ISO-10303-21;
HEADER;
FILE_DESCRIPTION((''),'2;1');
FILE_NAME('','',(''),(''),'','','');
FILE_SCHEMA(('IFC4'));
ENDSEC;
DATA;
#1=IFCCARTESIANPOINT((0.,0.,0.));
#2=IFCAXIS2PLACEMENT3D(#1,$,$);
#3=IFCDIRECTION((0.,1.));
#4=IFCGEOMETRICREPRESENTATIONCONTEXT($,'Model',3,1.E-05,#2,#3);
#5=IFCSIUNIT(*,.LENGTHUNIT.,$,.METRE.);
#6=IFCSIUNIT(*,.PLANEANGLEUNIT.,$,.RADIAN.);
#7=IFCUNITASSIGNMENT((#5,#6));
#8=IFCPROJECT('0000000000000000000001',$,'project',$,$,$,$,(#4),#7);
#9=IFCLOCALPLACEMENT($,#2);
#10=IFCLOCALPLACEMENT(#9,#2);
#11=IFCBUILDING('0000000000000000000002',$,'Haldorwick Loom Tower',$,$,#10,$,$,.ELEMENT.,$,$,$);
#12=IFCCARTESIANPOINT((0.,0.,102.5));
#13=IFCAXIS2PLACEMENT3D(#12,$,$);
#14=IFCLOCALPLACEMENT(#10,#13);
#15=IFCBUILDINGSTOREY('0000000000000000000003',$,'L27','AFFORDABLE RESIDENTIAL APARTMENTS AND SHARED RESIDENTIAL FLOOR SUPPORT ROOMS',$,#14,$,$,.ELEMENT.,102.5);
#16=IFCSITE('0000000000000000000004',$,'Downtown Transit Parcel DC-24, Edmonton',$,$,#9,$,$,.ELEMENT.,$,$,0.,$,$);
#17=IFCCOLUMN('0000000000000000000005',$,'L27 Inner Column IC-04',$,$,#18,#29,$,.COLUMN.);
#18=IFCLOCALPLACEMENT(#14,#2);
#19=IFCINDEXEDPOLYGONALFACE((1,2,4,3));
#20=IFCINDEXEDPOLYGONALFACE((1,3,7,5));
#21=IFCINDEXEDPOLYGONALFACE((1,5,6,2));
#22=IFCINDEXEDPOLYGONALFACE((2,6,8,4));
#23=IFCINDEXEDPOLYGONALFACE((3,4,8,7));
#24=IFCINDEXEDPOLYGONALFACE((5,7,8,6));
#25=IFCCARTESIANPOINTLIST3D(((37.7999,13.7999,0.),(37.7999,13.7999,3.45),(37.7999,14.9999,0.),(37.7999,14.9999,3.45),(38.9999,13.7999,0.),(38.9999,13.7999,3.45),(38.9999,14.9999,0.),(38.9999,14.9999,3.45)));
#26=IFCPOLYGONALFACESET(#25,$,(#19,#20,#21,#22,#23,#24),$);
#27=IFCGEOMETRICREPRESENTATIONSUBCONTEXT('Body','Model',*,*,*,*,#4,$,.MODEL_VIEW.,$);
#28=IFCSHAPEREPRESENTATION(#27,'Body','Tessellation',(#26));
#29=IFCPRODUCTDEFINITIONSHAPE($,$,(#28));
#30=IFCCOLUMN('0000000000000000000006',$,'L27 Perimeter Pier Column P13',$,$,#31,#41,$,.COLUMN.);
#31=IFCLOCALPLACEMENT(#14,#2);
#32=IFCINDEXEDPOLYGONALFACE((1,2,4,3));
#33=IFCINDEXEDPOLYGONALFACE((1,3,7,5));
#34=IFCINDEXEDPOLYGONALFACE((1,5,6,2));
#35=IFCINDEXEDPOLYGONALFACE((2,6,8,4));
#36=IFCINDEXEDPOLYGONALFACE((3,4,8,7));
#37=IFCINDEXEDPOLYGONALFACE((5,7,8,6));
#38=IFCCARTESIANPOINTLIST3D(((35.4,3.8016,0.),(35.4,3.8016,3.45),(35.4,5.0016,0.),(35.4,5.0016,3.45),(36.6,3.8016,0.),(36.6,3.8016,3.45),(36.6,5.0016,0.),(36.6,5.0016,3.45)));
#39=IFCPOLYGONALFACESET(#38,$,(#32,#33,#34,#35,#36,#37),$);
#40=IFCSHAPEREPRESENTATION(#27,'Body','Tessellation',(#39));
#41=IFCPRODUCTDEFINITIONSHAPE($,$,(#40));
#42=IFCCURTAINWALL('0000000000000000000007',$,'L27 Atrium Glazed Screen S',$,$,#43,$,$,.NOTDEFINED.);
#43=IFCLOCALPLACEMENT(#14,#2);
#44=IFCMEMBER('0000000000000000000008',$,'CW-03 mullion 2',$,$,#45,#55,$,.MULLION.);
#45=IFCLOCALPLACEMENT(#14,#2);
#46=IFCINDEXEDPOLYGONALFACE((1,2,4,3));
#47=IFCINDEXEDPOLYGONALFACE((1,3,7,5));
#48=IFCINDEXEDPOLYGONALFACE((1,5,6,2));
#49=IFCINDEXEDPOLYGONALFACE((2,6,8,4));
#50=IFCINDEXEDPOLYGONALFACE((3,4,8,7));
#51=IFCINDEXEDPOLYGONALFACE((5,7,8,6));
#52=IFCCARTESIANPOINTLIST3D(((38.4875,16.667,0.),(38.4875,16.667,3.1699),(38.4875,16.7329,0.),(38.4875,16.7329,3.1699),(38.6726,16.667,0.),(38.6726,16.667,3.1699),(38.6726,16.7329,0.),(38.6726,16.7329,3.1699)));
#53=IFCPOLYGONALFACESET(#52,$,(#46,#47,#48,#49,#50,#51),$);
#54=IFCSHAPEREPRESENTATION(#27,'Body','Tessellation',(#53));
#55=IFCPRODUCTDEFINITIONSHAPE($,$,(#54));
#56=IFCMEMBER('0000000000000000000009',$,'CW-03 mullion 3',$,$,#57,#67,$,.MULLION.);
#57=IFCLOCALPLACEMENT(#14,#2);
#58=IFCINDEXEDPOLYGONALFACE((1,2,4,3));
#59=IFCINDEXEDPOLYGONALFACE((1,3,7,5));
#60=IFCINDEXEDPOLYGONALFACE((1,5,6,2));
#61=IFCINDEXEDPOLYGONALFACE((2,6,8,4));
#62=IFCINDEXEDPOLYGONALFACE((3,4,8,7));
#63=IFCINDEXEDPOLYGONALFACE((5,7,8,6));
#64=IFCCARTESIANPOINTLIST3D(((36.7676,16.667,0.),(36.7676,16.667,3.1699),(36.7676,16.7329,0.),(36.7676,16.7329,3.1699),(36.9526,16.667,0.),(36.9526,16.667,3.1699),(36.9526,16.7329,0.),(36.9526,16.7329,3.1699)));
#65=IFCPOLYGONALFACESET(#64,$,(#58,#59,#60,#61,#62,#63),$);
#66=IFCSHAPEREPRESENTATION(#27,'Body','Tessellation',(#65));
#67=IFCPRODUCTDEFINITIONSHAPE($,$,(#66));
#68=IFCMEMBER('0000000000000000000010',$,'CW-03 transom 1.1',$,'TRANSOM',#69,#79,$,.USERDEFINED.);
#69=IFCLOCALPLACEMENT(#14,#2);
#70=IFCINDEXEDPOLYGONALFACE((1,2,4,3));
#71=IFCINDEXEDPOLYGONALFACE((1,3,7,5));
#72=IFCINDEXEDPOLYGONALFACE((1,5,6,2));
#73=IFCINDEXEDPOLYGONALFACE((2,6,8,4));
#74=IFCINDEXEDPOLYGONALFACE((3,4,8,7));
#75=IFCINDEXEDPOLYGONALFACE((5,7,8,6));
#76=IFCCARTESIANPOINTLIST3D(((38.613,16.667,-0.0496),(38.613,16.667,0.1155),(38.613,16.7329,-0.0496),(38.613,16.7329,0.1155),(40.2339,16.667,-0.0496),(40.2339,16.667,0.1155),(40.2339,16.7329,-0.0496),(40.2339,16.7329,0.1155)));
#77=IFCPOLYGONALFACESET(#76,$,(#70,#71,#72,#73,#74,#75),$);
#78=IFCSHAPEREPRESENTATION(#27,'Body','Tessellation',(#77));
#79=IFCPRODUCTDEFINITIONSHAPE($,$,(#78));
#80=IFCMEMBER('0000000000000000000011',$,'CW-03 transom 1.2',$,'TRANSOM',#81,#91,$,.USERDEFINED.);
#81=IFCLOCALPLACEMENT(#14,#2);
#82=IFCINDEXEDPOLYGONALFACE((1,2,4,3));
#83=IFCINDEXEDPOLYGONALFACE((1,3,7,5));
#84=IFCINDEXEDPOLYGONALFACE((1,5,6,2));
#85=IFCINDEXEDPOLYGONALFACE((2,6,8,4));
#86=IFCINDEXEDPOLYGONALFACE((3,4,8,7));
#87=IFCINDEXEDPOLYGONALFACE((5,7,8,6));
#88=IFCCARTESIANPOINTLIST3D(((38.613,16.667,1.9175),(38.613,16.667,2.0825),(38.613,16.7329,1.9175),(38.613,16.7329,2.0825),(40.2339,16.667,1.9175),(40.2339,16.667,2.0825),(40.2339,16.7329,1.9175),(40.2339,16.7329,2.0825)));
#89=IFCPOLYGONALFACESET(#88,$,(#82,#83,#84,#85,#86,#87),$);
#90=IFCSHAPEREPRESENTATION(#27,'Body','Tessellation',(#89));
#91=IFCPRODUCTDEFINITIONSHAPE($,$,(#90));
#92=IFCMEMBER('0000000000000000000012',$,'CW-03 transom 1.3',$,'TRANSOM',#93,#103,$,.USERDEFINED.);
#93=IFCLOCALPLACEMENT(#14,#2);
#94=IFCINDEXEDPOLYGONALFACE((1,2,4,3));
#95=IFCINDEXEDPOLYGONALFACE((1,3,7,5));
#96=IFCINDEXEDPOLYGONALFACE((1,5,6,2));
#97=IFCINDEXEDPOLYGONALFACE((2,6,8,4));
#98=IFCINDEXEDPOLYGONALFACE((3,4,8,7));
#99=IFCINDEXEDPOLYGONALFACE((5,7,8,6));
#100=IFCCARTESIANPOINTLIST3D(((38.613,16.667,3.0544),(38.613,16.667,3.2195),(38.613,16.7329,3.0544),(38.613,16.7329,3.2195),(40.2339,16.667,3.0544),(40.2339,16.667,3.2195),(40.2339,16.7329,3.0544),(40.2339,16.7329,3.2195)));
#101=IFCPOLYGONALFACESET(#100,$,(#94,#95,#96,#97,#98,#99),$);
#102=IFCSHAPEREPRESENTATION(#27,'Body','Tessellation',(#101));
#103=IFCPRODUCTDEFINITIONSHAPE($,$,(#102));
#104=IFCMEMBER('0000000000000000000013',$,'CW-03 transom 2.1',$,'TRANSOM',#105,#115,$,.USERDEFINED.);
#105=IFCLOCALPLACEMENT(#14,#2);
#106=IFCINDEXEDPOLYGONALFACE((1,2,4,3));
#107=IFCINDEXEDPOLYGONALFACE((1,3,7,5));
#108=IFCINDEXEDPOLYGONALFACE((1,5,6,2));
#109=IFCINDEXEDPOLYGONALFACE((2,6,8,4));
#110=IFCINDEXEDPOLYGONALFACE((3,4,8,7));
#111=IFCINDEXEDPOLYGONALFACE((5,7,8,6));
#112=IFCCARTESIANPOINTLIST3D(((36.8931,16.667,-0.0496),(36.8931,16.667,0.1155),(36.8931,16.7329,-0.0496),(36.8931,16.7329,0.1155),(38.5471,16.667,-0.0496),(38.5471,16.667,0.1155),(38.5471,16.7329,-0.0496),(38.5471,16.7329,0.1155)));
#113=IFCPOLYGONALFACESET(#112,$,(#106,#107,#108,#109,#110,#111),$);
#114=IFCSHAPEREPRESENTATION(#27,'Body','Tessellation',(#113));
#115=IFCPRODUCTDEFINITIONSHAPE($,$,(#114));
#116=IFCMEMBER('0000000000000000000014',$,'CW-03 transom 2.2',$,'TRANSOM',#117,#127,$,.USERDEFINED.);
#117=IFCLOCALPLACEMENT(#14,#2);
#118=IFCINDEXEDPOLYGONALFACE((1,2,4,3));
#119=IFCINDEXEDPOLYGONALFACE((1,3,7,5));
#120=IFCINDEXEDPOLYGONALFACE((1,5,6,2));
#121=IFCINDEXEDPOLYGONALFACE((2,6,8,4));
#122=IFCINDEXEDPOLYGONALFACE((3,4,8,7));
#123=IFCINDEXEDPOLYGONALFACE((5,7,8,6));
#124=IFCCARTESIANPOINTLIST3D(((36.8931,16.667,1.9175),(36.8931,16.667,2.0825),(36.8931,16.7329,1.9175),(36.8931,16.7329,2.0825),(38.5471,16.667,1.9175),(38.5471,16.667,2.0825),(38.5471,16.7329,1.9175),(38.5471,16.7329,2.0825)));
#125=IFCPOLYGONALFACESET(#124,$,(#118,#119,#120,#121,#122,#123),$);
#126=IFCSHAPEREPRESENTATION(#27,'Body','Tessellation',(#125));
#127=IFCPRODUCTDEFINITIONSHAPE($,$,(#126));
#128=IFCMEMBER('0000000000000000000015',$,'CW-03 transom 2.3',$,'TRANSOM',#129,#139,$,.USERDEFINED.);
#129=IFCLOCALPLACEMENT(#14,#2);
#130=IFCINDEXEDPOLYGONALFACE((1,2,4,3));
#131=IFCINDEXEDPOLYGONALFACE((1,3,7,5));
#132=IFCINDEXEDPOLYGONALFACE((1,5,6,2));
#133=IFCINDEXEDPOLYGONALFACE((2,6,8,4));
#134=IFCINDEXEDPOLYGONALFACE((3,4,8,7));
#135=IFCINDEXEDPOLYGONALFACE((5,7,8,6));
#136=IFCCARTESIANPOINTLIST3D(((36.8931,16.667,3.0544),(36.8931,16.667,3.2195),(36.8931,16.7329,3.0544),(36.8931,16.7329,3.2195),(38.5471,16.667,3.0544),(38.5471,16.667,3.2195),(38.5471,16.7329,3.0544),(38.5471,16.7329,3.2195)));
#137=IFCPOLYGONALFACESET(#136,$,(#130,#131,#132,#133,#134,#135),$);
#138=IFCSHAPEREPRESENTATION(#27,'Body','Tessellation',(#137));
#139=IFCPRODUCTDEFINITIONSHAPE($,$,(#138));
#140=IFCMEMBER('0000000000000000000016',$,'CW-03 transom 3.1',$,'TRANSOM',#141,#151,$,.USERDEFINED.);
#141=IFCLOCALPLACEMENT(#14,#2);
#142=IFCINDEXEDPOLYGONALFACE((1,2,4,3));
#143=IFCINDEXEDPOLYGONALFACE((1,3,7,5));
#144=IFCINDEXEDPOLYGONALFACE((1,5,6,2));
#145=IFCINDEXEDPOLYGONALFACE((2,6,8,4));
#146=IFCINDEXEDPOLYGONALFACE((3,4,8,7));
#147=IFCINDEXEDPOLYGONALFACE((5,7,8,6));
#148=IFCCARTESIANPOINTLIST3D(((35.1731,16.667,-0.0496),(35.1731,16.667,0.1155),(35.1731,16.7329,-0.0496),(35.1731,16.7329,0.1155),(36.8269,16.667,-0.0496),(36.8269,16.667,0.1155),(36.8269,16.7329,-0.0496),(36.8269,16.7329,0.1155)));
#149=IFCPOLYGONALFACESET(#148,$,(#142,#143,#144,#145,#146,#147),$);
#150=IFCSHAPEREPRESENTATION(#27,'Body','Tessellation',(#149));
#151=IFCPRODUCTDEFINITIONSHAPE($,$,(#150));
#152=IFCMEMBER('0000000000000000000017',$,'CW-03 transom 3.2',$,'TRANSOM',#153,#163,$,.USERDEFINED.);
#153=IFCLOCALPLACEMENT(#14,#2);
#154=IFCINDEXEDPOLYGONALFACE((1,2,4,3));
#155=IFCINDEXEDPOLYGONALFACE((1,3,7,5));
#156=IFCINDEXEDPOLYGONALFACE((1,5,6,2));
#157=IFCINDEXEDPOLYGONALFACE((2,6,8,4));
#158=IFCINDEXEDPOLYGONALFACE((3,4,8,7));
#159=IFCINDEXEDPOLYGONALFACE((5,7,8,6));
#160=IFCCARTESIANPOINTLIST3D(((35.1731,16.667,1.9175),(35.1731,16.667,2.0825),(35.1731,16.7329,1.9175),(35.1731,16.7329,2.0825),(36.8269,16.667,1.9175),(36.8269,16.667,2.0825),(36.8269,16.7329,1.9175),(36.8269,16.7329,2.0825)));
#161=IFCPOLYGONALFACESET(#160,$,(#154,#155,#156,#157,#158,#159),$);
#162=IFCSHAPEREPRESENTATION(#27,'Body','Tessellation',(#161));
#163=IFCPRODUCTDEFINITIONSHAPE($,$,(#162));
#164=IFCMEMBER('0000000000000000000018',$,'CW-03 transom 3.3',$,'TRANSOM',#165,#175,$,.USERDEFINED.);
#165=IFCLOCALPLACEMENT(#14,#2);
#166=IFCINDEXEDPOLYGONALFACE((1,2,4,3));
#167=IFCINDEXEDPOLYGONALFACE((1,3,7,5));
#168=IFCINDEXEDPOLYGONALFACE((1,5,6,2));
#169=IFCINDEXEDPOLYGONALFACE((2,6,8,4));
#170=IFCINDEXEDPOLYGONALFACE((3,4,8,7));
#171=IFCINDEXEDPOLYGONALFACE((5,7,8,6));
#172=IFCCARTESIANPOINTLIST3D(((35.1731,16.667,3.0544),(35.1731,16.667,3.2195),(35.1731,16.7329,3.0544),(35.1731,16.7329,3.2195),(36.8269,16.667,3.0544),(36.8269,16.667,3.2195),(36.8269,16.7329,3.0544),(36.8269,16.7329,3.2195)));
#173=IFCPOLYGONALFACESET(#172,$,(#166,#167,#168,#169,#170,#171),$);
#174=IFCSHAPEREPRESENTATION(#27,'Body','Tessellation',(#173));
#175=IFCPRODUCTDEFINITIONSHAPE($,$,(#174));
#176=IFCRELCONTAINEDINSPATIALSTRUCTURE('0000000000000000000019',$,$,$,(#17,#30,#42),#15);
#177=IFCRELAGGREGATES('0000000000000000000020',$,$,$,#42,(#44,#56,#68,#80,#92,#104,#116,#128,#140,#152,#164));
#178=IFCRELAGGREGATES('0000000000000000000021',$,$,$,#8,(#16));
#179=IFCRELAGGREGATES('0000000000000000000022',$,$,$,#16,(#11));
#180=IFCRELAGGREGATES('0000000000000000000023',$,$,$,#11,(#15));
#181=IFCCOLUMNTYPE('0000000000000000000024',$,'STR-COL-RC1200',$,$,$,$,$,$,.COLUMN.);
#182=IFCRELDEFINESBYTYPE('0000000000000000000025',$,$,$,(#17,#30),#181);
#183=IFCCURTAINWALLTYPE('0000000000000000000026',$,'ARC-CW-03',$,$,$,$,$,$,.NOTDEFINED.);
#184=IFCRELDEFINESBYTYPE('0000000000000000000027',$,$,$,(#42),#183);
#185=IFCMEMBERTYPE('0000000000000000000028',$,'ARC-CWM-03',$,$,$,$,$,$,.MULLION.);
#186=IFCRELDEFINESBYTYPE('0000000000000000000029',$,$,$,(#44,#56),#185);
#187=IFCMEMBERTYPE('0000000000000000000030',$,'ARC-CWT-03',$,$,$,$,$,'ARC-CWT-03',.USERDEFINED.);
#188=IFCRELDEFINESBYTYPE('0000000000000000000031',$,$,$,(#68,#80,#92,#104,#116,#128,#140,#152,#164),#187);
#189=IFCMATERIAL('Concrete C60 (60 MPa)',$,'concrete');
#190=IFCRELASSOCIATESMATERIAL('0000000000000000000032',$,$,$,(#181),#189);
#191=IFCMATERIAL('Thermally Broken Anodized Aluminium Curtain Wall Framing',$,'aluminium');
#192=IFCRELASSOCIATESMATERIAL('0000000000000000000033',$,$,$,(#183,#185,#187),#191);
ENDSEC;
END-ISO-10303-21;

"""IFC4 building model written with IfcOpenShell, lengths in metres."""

from ifc_helpers import new_model, si_unit, direction, frame, origin, origin_2d, place, context, subcontext, project, spatial, rectangle, extrude, material, material_profile, profile_set, type_object, element, aggregate, save


model = new_model("IFC4")

# Units and contexts
model_context = context("Model", 3, precision=1e-05, world=origin(), true_north=direction((0.0, 1.0)))
body_context = subcontext(model_context, "Body", "Model", "MODEL_VIEW")
ifc_project = project(units=[si_unit("LENGTHUNIT", "METRE"), si_unit("PLANEANGLEUNIT", "RADIAN")], contexts=[model_context])

# Site, building, storey
site_placement = place(None, origin())
site = spatial("IfcSite", under=ifc_project, at=site_placement, Name="Downtown Transit Parcel DC-24, Edmonton", CompositionType="ELEMENT", RefElevation=0.0)
building_placement = place(site_placement, origin())
building = spatial("IfcBuilding", under=site, at=building_placement, Name="Haldorwick Loom Tower", CompositionType="ELEMENT")
storey_placement = place(building_placement, frame((0.0, 0.0, 102.5)))
storey = spatial("IfcBuildingStorey", under=building, at=storey_placement, Name="L27", Description="AFFORDABLE RESIDENTIAL APARTMENTS AND SHARED RESIDENTIAL FLOOR SUPPORT ROOMS", CompositionType="ELEMENT", Elevation=102.5)

# Columns
ifc_material_1 = material(Name="Concrete C60 (60 MPa)", Category="concrete")
ifc_material_profile_1 = material_profile(ifc_material_1, rectangle(XDim=1.2, YDim=1.2, at=origin_2d()), Name="RC1200X1200", Category="concrete")
ifc_profile_set_1 = profile_set([ifc_material_profile_1], Name="Concrete C60 (60 MPa)")
column_type = type_object("IfcColumnType", Name="STR-COL-RC1200", PredefinedType="COLUMN", material=ifc_profile_set_1)
for number, where, z_axis, x_axis, name in (
    (1, (38.3999, 14.3999, 0.0), (0.0, 0.0, 1.0), (1.0, 0.0, 0.0), "L27 Inner Column IC-04"),
    (2, (36.0, 4.4016, 0.0), (0.0, 0.0, 1.0), (0.0, -1.0, 0.0), "L27 Perimeter Pier Column P13"),
):
    element("IfcColumn", number, at=place(storey_placement, frame(where, z_axis=z_axis, x_axis=x_axis)), inside=storey, type_object=column_type, Name=name, PredefinedType="COLUMN", context=body_context, shape_type="SweptSolid", body=[
        extrude(rectangle(XDim=1.2, YDim=1.2, at=origin_2d()), origin(), (0.0, 0.0, 1.0), 3.45),
    ])

# Curtain wall, members
ifc_material_2 = material(Name="Thermally Broken Anodized Aluminium Curtain Wall Framing", Category="aluminium")
curtain_wall_type = type_object("IfcCurtainWallType", Name="ARC-CW-03", PredefinedType="NOTDEFINED", material=ifc_material_2)
curtain_wall_placement = place(storey_placement, origin())
curtain_wall = element("IfcCurtainWall", 3, at=curtain_wall_placement, inside=storey, type_object=curtain_wall_type, Name="L27 Atrium Glazed Screen S", PredefinedType="NOTDEFINED")
ifc_material_profile_2 = material_profile(ifc_material_2, rectangle(XDim=0.0659, YDim=0.1851, at=origin_2d()), Name="ALU_MUL_66X185", Category="aluminium")
ifc_profile_set_2 = profile_set([ifc_material_profile_2], Name="Thermally Broken Anodized Aluminium Curtain Wall Framing")
member_type_1 = type_object("IfcMemberType", Name="ARC-CWM-03", PredefinedType="MULLION", material=ifc_profile_set_2)
member_1_placement = place(storey_placement, frame((38.5801, 16.7, 0.0), z_axis=(0.0, 0.0, 1.0), x_axis=(0.0, -1.0, 0.0)))
member_1 = element("IfcMember", 4, at=member_1_placement, type_object=member_type_1, Name="CW-03 mullion 2", PredefinedType="MULLION", context=body_context, shape_type="SweptSolid", body=[
    extrude(rectangle(XDim=0.0659, YDim=0.1851, at=origin_2d()), origin(), (0.0, 0.0, 1.0), 3.1699),
])
member_2_placement = place(storey_placement, frame((36.8601, 16.7, 0.0), z_axis=(0.0, 0.0, 1.0), x_axis=(0.0, -1.0, 0.0)))
member_2 = element("IfcMember", 5, at=member_2_placement, type_object=member_type_1, Name="CW-03 mullion 3", PredefinedType="MULLION", context=body_context, shape_type="SweptSolid", body=[
    extrude(rectangle(XDim=0.0659, YDim=0.1851, at=origin_2d()), origin(), (0.0, 0.0, 1.0), 3.1699),
])
ifc_material_profile_3 = material_profile(ifc_material_2, rectangle(XDim=0.0659, YDim=0.165, at=origin_2d()), Name="ALU_TRN_66X165", Category="aluminium")
ifc_profile_set_3 = profile_set([ifc_material_profile_3], Name="Thermally Broken Anodized Aluminium Curtain Wall Framing")
member_type_2 = type_object("IfcMemberType", Name="ARC-CWT-03", ElementType="ARC-CWT-03", PredefinedType="USERDEFINED", material=ifc_profile_set_3)
member_3_placement = place(storey_placement, frame((40.2339, 16.7, 0.033), z_axis=(-1.0, 0.0, 0.0), x_axis=(0.0, -1.0, 0.0)))
member_3 = element("IfcMember", 6, at=member_3_placement, type_object=member_type_2, Name="CW-03 transom 1.1", ObjectType="TRANSOM", PredefinedType="USERDEFINED", context=body_context, shape_type="SweptSolid", body=[
    extrude(rectangle(XDim=0.0659, YDim=0.165, at=origin_2d()), origin(), (0.0, 0.0, 1.0), 1.6208),
])
member_4_placement = place(storey_placement, frame((40.2339, 16.7, 2.0), z_axis=(-1.0, 0.0, 0.0), x_axis=(0.0, -1.0, 0.0)))
member_4 = element("IfcMember", 7, at=member_4_placement, type_object=member_type_2, Name="CW-03 transom 1.2", ObjectType="TRANSOM", PredefinedType="USERDEFINED", context=body_context, shape_type="SweptSolid", body=[
    extrude(rectangle(XDim=0.0659, YDim=0.165, at=origin_2d()), origin(), (0.0, 0.0, 1.0), 1.6208),
])
member_5_placement = place(storey_placement, frame((40.2339, 16.7, 3.137), z_axis=(-1.0, 0.0, 0.0), x_axis=(0.0, -1.0, 0.0)))
member_5 = element("IfcMember", 8, at=member_5_placement, type_object=member_type_2, Name="CW-03 transom 1.3", ObjectType="TRANSOM", PredefinedType="USERDEFINED", context=body_context, shape_type="SweptSolid", body=[
    extrude(rectangle(XDim=0.0659, YDim=0.165, at=origin_2d()), origin(), (0.0, 0.0, 1.0), 1.6208),
])
member_6_placement = place(storey_placement, frame((38.5471, 16.7, 0.033), z_axis=(-1.0, 0.0, 0.0), x_axis=(0.0, -1.0, 0.0)))
member_6 = element("IfcMember", 9, at=member_6_placement, type_object=member_type_2, Name="CW-03 transom 2.1", ObjectType="TRANSOM", PredefinedType="USERDEFINED", context=body_context, shape_type="SweptSolid", body=[
    extrude(rectangle(XDim=0.0659, YDim=0.165, at=origin_2d()), origin(), (0.0, 0.0, 1.0), 1.6541),
])
member_7_placement = place(storey_placement, frame((38.5471, 16.7, 2.0), z_axis=(-1.0, 0.0, 0.0), x_axis=(0.0, -1.0, 0.0)))
member_7 = element("IfcMember", 10, at=member_7_placement, type_object=member_type_2, Name="CW-03 transom 2.2", ObjectType="TRANSOM", PredefinedType="USERDEFINED", context=body_context, shape_type="SweptSolid", body=[
    extrude(rectangle(XDim=0.0659, YDim=0.165, at=origin_2d()), origin(), (0.0, 0.0, 1.0), 1.6541),
])
member_8_placement = place(storey_placement, frame((38.5471, 16.7, 3.137), z_axis=(-1.0, 0.0, 0.0), x_axis=(0.0, -1.0, 0.0)))
member_8 = element("IfcMember", 11, at=member_8_placement, type_object=member_type_2, Name="CW-03 transom 2.3", ObjectType="TRANSOM", PredefinedType="USERDEFINED", context=body_context, shape_type="SweptSolid", body=[
    extrude(rectangle(XDim=0.0659, YDim=0.165, at=origin_2d()), origin(), (0.0, 0.0, 1.0), 1.6541),
])
member_9_placement = place(storey_placement, frame((36.8269, 16.7, 0.033), z_axis=(-1.0, 0.0, 0.0), x_axis=(0.0, -1.0, 0.0)))
member_9 = element("IfcMember", 12, at=member_9_placement, type_object=member_type_2, Name="CW-03 transom 3.1", ObjectType="TRANSOM", PredefinedType="USERDEFINED", context=body_context, shape_type="SweptSolid", body=[
    extrude(rectangle(XDim=0.0659, YDim=0.165, at=origin_2d()), origin(), (0.0, 0.0, 1.0), 1.6538),
])
member_10_placement = place(storey_placement, frame((36.8269, 16.7, 2.0), z_axis=(-1.0, 0.0, 0.0), x_axis=(0.0, -1.0, 0.0)))
member_10 = element("IfcMember", 13, at=member_10_placement, type_object=member_type_2, Name="CW-03 transom 3.2", ObjectType="TRANSOM", PredefinedType="USERDEFINED", context=body_context, shape_type="SweptSolid", body=[
    extrude(rectangle(XDim=0.0659, YDim=0.165, at=origin_2d()), origin(), (0.0, 0.0, 1.0), 1.6538),
])
member_11_placement = place(storey_placement, frame((36.8269, 16.7, 3.137), z_axis=(-1.0, 0.0, 0.0), x_axis=(0.0, -1.0, 0.0)))
member_11 = element("IfcMember", 14, at=member_11_placement, type_object=member_type_2, Name="CW-03 transom 3.3", ObjectType="TRANSOM", PredefinedType="USERDEFINED", context=body_context, shape_type="SweptSolid", body=[
    extrude(rectangle(XDim=0.0659, YDim=0.165, at=origin_2d()), origin(), (0.0, 0.0, 1.0), 1.6538),
])

aggregate(curtain_wall, [member_1, member_2, member_3, member_4, member_5, member_6, member_7, member_8, member_9, member_10, member_11])

save(model, "model.ifc")
